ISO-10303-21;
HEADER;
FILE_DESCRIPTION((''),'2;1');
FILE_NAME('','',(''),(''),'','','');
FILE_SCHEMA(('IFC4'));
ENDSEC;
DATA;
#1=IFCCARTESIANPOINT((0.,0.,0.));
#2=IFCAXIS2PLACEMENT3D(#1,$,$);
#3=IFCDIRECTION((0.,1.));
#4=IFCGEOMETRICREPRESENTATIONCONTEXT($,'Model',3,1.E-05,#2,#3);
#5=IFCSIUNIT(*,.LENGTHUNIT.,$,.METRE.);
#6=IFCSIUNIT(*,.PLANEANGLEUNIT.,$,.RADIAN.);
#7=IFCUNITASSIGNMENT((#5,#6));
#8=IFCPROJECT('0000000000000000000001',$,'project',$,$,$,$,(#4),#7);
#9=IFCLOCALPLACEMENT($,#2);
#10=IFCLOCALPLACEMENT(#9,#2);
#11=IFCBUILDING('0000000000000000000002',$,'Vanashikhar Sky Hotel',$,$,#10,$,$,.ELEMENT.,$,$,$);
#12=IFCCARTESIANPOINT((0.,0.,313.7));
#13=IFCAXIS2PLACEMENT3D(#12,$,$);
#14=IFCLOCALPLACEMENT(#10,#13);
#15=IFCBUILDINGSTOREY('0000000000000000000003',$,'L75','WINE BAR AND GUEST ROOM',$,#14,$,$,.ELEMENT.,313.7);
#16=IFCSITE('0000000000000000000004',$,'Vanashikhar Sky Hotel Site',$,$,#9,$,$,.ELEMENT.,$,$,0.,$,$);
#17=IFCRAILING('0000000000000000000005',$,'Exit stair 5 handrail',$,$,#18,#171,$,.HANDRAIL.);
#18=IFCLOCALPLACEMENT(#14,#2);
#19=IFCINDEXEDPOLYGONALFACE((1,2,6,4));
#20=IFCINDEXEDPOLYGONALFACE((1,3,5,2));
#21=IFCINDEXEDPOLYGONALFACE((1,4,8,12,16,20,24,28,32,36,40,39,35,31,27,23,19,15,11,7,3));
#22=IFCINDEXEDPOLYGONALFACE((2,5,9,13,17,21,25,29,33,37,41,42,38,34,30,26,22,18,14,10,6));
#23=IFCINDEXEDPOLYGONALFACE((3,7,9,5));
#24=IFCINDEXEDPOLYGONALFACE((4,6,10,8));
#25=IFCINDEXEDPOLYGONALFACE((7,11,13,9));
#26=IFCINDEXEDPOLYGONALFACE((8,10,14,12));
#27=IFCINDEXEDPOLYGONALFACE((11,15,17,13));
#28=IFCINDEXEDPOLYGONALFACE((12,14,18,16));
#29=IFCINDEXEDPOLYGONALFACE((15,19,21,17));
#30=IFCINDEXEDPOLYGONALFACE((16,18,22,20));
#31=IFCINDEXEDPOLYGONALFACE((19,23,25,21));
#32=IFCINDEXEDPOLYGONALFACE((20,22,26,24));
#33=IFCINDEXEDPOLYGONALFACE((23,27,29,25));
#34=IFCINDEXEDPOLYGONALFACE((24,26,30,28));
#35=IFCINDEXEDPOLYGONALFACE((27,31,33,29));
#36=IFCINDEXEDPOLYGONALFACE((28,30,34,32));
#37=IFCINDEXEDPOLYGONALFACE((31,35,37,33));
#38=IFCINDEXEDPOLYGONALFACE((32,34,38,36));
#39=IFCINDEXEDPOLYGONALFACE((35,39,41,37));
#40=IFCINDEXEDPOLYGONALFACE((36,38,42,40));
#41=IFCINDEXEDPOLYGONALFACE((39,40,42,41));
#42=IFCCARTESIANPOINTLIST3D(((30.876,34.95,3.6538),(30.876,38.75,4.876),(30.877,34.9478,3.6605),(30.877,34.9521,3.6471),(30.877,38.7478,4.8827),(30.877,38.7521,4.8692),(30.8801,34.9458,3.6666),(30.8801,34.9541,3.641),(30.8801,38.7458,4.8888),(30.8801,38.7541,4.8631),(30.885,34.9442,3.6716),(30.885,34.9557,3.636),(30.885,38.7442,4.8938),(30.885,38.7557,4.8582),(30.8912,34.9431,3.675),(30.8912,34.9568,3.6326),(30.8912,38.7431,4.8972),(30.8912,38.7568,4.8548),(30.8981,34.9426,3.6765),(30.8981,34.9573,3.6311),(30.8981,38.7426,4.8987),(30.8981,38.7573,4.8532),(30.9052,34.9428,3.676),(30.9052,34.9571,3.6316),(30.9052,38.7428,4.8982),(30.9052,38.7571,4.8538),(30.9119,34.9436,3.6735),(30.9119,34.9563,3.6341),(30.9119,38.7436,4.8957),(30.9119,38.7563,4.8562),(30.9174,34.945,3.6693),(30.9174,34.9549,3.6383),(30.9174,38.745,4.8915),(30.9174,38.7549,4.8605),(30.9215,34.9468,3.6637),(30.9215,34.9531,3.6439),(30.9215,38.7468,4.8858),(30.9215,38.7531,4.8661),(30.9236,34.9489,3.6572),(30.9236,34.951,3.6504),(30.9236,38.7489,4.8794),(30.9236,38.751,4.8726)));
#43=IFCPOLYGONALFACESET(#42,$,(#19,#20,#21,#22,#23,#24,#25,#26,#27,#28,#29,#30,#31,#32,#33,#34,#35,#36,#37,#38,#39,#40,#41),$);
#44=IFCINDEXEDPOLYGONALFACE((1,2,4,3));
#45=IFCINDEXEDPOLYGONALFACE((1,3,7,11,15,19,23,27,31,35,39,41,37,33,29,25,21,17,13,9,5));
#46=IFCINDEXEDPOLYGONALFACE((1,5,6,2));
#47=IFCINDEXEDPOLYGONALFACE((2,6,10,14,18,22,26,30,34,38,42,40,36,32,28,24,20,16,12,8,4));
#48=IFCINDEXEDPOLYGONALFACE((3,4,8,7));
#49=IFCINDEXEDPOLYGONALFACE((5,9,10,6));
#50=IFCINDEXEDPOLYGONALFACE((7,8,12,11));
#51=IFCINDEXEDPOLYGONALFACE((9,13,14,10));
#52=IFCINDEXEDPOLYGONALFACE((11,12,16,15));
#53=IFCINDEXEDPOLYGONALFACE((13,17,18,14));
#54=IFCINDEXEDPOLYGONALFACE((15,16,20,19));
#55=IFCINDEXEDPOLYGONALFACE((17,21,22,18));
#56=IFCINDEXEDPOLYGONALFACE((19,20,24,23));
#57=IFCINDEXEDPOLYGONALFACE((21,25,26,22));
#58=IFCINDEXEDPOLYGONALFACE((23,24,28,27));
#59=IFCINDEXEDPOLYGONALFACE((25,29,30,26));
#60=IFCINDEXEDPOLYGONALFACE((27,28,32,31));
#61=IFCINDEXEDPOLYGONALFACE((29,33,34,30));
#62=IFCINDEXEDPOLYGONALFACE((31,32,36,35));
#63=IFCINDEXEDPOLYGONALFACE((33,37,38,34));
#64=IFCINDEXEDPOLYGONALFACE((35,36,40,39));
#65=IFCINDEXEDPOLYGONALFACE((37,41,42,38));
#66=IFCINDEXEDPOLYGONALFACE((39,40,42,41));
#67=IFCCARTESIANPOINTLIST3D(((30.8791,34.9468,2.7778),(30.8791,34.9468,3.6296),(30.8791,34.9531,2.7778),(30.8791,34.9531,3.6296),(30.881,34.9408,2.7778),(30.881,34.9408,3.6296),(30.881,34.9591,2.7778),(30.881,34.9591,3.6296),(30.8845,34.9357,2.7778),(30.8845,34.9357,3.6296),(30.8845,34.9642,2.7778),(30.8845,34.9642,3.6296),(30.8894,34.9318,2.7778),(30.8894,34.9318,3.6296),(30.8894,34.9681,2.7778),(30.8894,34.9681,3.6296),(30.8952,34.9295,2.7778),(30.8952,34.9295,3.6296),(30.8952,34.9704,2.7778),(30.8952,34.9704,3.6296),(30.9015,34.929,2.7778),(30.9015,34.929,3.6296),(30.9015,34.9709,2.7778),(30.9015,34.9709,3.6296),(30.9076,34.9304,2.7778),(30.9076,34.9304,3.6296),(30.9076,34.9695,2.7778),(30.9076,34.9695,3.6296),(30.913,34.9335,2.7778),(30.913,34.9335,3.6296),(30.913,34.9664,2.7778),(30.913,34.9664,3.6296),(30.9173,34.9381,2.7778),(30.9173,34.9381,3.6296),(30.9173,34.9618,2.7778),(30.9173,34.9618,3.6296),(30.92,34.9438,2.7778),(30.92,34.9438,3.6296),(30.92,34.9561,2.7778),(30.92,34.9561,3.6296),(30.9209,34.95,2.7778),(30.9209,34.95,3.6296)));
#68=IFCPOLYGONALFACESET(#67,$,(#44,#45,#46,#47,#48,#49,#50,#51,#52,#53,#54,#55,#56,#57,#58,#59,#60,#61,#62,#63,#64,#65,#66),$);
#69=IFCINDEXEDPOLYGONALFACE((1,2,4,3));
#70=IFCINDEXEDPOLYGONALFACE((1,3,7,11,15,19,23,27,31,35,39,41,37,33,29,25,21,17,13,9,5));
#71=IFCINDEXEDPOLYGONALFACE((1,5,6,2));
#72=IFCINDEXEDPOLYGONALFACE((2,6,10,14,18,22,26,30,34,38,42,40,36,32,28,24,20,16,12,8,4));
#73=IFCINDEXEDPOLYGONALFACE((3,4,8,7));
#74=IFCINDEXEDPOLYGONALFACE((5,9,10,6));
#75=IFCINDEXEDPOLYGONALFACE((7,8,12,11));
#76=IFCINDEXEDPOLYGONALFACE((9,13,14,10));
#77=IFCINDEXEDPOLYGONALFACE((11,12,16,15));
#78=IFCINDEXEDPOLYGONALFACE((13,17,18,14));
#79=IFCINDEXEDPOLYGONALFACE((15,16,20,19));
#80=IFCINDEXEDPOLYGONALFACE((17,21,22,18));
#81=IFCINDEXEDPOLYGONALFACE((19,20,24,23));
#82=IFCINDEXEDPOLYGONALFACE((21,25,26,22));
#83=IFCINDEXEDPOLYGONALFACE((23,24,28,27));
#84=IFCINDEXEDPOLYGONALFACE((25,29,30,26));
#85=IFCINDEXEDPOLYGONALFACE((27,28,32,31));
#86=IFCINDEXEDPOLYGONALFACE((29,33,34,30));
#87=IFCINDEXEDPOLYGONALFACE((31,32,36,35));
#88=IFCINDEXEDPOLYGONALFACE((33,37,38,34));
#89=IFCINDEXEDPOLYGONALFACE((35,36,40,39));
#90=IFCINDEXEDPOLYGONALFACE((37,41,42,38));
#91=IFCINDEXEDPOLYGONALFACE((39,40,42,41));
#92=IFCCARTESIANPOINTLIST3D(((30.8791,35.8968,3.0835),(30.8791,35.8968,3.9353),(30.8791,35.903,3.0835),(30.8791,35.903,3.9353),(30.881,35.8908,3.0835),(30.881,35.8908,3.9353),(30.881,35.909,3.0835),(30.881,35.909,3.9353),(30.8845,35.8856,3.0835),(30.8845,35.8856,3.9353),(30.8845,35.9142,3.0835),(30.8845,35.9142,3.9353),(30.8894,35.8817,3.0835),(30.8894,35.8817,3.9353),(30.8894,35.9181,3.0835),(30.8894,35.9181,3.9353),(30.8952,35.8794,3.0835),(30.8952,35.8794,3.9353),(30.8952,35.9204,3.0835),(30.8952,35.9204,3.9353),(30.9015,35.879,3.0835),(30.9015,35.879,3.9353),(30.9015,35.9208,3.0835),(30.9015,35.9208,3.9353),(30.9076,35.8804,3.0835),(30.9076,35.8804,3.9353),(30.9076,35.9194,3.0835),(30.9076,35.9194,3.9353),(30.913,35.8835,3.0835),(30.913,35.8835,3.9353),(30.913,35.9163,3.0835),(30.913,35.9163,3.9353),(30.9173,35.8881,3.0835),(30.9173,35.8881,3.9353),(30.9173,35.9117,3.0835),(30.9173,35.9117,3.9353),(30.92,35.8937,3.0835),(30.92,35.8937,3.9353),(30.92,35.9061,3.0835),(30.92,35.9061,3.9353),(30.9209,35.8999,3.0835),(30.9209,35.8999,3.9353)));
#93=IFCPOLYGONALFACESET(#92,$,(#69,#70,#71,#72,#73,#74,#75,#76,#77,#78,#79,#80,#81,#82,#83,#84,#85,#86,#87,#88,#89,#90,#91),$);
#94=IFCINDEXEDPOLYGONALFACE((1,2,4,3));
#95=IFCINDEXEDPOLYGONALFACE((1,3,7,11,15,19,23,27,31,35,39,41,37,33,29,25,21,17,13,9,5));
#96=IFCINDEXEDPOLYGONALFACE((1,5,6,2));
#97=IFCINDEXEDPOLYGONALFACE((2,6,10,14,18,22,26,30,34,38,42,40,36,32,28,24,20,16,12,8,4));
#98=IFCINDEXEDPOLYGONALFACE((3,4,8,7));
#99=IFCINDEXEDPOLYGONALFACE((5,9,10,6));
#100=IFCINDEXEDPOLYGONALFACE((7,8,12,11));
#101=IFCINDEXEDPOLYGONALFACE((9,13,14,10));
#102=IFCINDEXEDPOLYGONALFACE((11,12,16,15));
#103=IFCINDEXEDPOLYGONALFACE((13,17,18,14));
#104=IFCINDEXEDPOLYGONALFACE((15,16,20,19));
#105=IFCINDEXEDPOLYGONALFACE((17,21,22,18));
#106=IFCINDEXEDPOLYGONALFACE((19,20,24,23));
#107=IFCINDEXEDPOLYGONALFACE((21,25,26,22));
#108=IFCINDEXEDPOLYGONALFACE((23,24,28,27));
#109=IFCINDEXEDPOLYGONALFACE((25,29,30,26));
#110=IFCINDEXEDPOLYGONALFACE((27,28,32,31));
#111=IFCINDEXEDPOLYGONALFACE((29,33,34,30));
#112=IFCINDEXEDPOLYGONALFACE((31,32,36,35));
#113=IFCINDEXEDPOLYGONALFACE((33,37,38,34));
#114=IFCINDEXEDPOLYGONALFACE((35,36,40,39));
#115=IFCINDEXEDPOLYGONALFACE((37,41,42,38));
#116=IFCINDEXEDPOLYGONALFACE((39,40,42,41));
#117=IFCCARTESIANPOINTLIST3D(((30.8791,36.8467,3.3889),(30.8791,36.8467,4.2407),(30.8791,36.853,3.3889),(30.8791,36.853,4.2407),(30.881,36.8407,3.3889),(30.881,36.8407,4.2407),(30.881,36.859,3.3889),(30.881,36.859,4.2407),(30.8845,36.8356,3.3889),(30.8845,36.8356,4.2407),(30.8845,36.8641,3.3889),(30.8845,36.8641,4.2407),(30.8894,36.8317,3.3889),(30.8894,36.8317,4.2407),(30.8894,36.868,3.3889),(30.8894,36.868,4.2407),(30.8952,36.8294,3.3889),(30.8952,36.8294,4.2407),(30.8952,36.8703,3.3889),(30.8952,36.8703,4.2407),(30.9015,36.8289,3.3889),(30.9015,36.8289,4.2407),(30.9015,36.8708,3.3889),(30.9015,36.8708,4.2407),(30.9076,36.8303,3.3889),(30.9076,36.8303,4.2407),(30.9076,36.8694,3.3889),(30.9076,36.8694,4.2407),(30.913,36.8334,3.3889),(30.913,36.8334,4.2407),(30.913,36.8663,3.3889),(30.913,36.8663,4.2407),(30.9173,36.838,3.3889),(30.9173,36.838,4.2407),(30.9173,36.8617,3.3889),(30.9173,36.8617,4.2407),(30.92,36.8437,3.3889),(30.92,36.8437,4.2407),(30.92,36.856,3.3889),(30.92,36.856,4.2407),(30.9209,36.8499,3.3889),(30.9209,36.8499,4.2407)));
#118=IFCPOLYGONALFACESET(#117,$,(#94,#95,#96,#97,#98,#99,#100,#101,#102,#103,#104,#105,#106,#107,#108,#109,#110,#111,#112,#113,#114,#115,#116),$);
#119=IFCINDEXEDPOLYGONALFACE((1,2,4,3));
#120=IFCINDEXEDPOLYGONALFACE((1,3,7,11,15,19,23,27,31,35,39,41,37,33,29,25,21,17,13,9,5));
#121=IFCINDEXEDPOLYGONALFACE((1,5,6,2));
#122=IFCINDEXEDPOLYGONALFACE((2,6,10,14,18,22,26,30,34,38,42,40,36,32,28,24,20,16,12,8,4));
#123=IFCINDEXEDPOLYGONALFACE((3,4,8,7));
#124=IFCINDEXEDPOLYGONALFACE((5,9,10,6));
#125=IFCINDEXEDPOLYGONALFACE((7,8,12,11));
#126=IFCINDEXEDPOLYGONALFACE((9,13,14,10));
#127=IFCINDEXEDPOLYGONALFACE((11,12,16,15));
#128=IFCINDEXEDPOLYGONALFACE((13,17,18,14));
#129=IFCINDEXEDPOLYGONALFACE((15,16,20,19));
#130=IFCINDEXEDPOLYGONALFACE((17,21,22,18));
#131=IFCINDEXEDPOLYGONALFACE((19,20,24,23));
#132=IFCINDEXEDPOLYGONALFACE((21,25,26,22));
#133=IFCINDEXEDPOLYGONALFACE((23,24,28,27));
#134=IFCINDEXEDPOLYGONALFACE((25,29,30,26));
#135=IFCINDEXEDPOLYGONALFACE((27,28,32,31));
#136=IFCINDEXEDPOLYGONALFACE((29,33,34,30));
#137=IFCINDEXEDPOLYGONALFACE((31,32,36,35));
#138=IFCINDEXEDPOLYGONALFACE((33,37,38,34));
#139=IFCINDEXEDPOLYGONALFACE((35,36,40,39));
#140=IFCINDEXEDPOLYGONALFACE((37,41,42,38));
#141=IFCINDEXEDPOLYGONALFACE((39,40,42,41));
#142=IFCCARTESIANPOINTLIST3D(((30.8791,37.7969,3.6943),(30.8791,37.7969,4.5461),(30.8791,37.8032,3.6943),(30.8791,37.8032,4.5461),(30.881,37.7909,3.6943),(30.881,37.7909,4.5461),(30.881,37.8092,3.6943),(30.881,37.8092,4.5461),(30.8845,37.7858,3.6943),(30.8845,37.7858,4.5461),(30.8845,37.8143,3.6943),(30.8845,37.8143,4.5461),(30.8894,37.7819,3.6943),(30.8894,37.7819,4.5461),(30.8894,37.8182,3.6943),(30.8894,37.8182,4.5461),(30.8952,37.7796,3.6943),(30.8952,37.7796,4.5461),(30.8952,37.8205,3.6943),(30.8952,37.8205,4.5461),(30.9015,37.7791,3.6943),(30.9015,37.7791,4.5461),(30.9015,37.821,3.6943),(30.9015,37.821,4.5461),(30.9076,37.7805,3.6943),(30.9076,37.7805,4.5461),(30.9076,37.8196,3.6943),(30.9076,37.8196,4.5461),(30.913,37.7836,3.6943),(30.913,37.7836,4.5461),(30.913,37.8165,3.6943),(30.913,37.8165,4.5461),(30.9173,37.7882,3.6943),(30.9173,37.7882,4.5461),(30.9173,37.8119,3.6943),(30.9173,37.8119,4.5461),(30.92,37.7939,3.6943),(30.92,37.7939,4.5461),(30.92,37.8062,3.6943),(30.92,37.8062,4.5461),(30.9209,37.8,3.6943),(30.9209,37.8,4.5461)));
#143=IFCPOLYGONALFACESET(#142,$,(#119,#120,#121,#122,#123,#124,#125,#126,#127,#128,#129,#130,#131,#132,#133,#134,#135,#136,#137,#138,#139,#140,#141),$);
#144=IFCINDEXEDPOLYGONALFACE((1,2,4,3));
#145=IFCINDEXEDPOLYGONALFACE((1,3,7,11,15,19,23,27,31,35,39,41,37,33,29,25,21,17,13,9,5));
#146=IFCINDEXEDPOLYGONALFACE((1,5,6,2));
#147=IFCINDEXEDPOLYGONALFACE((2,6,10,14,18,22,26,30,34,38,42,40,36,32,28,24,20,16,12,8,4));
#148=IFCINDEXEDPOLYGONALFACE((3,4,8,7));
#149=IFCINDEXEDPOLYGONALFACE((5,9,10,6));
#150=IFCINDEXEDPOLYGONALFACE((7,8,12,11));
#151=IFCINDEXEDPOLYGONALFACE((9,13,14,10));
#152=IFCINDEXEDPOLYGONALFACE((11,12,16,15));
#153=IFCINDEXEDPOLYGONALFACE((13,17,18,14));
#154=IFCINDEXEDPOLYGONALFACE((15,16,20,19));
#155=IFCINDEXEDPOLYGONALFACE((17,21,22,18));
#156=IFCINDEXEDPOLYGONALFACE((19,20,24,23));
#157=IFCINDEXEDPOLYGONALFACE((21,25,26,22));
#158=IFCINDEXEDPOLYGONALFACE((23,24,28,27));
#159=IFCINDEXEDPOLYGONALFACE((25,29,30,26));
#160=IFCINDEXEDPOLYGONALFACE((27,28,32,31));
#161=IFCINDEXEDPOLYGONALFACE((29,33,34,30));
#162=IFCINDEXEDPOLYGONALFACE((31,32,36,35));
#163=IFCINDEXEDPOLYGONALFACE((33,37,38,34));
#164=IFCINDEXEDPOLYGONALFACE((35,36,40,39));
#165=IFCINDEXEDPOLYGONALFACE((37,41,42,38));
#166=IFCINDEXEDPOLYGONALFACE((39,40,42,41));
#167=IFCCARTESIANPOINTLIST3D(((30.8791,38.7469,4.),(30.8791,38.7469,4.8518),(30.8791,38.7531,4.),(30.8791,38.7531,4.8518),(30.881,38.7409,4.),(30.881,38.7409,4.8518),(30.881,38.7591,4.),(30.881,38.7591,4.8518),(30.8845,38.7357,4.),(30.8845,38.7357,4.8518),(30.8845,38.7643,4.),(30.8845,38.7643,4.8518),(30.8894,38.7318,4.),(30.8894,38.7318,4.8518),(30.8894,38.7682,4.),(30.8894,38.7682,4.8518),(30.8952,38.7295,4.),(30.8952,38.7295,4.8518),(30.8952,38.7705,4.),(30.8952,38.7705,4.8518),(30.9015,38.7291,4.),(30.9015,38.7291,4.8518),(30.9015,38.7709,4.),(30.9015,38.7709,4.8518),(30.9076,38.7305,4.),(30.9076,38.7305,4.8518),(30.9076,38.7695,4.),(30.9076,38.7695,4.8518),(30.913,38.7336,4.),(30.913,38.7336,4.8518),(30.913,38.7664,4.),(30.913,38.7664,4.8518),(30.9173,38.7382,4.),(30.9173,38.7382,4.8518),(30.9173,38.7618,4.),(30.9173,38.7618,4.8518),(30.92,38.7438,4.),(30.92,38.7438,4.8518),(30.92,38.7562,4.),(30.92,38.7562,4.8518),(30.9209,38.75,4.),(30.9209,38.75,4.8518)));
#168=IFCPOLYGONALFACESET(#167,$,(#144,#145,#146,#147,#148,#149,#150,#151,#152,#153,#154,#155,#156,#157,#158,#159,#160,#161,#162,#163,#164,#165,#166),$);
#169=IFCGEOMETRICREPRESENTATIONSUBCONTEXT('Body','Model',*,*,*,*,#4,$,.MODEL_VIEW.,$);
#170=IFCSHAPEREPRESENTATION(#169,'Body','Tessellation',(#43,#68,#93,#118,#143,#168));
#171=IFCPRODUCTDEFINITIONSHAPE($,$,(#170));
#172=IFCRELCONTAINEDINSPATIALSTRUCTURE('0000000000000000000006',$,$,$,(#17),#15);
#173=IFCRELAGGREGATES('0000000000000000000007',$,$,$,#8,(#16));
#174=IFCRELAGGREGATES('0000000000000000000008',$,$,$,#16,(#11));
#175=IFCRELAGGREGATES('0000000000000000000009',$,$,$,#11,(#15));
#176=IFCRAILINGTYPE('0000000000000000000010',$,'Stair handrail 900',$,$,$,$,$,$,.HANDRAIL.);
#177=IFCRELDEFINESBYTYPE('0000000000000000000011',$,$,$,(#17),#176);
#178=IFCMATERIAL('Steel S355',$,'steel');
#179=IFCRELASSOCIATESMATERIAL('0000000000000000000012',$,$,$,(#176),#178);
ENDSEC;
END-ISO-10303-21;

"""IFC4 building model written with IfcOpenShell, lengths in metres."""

from ifc_helpers import new_model, si_unit, direction, frame, origin, origin_2d, place, context, subcontext, project, spatial, circle, extrude, source, transform, mapped, material, type_object, element, save


model = new_model("IFC4")

# Units and contexts
model_context = context("Model", 3, precision=1e-05, world=origin(), true_north=direction((0.0, 1.0)))
body_context = subcontext(model_context, "Body", "Model", "MODEL_VIEW")
ifc_project = project(units=[si_unit("LENGTHUNIT", "METRE"), si_unit("PLANEANGLEUNIT", "RADIAN")], contexts=[model_context])

# Site, building, storey
site_placement = place(None, origin())
site = spatial("IfcSite", under=ifc_project, at=site_placement, Name="Vanashikhar Sky Hotel Site", CompositionType="ELEMENT", RefElevation=0.0)
building_placement = place(site_placement, origin())
building = spatial("IfcBuilding", under=site, at=building_placement, Name="Vanashikhar Sky Hotel", CompositionType="ELEMENT")
storey_placement = place(building_placement, frame((0.0, 0.0, 313.7)))
storey = spatial("IfcBuildingStorey", under=building, at=storey_placement, Name="L75", Description="WINE BAR AND GUEST ROOM", CompositionType="ELEMENT", Elevation=313.7)

# Railing
ifc_material_1 = material(Name="Steel S355", Category="steel")
railing_type = type_object("IfcRailingType", Name="Stair handrail 900", PredefinedType="HANDRAIL", material=ifc_material_1)
shared_shape_1 = source(origin(), body_context, "Body", "SweptSolid", [
    extrude(circle(Radius=0.0239, at=origin_2d()), frame((0.0, 0.0, 0.876), z_axis=(0.0, 0.951976, 0.306173), x_axis=(-1.0, 0.0, 0.0)), (0.0, 0.0, 1.0), 3.9917),
    extrude(circle(Radius=0.021, at=origin_2d()), origin(), (0.0, 0.0, 1.0), 0.8518),
    extrude(circle(Radius=0.021, at=origin_2d()), frame((0.0, 0.95, 0.3057)), (0.0, 0.0, 1.0), 0.8518),
    extrude(circle(Radius=0.021, at=origin_2d()), frame((0.0, 1.8999, 0.6111)), (0.0, 0.0, 1.0), 0.8518),
    extrude(circle(Radius=0.021, at=origin_2d()), frame((0.0, 2.8501, 0.9165)), (0.0, 0.0, 1.0), 0.8518),
    extrude(circle(Radius=0.021, at=origin_2d()), frame((0.0, 3.8, 1.2222)), (0.0, 0.0, 1.0), 0.8518),
])
railing_placement = place(storey_placement, frame((30.8999, 34.95, 2.7778)))
element("IfcRailing", 1, at=railing_placement, inside=storey, type_object=railing_type, Name="Exit stair 5 handrail", PredefinedType="HANDRAIL", context=body_context, shape_type="MappedRepresentation", body=[
    mapped(shared_shape_1, transform((0.0, 0.0, 0.0), scale=1.0)),
])

save(model, "model.ifc")
